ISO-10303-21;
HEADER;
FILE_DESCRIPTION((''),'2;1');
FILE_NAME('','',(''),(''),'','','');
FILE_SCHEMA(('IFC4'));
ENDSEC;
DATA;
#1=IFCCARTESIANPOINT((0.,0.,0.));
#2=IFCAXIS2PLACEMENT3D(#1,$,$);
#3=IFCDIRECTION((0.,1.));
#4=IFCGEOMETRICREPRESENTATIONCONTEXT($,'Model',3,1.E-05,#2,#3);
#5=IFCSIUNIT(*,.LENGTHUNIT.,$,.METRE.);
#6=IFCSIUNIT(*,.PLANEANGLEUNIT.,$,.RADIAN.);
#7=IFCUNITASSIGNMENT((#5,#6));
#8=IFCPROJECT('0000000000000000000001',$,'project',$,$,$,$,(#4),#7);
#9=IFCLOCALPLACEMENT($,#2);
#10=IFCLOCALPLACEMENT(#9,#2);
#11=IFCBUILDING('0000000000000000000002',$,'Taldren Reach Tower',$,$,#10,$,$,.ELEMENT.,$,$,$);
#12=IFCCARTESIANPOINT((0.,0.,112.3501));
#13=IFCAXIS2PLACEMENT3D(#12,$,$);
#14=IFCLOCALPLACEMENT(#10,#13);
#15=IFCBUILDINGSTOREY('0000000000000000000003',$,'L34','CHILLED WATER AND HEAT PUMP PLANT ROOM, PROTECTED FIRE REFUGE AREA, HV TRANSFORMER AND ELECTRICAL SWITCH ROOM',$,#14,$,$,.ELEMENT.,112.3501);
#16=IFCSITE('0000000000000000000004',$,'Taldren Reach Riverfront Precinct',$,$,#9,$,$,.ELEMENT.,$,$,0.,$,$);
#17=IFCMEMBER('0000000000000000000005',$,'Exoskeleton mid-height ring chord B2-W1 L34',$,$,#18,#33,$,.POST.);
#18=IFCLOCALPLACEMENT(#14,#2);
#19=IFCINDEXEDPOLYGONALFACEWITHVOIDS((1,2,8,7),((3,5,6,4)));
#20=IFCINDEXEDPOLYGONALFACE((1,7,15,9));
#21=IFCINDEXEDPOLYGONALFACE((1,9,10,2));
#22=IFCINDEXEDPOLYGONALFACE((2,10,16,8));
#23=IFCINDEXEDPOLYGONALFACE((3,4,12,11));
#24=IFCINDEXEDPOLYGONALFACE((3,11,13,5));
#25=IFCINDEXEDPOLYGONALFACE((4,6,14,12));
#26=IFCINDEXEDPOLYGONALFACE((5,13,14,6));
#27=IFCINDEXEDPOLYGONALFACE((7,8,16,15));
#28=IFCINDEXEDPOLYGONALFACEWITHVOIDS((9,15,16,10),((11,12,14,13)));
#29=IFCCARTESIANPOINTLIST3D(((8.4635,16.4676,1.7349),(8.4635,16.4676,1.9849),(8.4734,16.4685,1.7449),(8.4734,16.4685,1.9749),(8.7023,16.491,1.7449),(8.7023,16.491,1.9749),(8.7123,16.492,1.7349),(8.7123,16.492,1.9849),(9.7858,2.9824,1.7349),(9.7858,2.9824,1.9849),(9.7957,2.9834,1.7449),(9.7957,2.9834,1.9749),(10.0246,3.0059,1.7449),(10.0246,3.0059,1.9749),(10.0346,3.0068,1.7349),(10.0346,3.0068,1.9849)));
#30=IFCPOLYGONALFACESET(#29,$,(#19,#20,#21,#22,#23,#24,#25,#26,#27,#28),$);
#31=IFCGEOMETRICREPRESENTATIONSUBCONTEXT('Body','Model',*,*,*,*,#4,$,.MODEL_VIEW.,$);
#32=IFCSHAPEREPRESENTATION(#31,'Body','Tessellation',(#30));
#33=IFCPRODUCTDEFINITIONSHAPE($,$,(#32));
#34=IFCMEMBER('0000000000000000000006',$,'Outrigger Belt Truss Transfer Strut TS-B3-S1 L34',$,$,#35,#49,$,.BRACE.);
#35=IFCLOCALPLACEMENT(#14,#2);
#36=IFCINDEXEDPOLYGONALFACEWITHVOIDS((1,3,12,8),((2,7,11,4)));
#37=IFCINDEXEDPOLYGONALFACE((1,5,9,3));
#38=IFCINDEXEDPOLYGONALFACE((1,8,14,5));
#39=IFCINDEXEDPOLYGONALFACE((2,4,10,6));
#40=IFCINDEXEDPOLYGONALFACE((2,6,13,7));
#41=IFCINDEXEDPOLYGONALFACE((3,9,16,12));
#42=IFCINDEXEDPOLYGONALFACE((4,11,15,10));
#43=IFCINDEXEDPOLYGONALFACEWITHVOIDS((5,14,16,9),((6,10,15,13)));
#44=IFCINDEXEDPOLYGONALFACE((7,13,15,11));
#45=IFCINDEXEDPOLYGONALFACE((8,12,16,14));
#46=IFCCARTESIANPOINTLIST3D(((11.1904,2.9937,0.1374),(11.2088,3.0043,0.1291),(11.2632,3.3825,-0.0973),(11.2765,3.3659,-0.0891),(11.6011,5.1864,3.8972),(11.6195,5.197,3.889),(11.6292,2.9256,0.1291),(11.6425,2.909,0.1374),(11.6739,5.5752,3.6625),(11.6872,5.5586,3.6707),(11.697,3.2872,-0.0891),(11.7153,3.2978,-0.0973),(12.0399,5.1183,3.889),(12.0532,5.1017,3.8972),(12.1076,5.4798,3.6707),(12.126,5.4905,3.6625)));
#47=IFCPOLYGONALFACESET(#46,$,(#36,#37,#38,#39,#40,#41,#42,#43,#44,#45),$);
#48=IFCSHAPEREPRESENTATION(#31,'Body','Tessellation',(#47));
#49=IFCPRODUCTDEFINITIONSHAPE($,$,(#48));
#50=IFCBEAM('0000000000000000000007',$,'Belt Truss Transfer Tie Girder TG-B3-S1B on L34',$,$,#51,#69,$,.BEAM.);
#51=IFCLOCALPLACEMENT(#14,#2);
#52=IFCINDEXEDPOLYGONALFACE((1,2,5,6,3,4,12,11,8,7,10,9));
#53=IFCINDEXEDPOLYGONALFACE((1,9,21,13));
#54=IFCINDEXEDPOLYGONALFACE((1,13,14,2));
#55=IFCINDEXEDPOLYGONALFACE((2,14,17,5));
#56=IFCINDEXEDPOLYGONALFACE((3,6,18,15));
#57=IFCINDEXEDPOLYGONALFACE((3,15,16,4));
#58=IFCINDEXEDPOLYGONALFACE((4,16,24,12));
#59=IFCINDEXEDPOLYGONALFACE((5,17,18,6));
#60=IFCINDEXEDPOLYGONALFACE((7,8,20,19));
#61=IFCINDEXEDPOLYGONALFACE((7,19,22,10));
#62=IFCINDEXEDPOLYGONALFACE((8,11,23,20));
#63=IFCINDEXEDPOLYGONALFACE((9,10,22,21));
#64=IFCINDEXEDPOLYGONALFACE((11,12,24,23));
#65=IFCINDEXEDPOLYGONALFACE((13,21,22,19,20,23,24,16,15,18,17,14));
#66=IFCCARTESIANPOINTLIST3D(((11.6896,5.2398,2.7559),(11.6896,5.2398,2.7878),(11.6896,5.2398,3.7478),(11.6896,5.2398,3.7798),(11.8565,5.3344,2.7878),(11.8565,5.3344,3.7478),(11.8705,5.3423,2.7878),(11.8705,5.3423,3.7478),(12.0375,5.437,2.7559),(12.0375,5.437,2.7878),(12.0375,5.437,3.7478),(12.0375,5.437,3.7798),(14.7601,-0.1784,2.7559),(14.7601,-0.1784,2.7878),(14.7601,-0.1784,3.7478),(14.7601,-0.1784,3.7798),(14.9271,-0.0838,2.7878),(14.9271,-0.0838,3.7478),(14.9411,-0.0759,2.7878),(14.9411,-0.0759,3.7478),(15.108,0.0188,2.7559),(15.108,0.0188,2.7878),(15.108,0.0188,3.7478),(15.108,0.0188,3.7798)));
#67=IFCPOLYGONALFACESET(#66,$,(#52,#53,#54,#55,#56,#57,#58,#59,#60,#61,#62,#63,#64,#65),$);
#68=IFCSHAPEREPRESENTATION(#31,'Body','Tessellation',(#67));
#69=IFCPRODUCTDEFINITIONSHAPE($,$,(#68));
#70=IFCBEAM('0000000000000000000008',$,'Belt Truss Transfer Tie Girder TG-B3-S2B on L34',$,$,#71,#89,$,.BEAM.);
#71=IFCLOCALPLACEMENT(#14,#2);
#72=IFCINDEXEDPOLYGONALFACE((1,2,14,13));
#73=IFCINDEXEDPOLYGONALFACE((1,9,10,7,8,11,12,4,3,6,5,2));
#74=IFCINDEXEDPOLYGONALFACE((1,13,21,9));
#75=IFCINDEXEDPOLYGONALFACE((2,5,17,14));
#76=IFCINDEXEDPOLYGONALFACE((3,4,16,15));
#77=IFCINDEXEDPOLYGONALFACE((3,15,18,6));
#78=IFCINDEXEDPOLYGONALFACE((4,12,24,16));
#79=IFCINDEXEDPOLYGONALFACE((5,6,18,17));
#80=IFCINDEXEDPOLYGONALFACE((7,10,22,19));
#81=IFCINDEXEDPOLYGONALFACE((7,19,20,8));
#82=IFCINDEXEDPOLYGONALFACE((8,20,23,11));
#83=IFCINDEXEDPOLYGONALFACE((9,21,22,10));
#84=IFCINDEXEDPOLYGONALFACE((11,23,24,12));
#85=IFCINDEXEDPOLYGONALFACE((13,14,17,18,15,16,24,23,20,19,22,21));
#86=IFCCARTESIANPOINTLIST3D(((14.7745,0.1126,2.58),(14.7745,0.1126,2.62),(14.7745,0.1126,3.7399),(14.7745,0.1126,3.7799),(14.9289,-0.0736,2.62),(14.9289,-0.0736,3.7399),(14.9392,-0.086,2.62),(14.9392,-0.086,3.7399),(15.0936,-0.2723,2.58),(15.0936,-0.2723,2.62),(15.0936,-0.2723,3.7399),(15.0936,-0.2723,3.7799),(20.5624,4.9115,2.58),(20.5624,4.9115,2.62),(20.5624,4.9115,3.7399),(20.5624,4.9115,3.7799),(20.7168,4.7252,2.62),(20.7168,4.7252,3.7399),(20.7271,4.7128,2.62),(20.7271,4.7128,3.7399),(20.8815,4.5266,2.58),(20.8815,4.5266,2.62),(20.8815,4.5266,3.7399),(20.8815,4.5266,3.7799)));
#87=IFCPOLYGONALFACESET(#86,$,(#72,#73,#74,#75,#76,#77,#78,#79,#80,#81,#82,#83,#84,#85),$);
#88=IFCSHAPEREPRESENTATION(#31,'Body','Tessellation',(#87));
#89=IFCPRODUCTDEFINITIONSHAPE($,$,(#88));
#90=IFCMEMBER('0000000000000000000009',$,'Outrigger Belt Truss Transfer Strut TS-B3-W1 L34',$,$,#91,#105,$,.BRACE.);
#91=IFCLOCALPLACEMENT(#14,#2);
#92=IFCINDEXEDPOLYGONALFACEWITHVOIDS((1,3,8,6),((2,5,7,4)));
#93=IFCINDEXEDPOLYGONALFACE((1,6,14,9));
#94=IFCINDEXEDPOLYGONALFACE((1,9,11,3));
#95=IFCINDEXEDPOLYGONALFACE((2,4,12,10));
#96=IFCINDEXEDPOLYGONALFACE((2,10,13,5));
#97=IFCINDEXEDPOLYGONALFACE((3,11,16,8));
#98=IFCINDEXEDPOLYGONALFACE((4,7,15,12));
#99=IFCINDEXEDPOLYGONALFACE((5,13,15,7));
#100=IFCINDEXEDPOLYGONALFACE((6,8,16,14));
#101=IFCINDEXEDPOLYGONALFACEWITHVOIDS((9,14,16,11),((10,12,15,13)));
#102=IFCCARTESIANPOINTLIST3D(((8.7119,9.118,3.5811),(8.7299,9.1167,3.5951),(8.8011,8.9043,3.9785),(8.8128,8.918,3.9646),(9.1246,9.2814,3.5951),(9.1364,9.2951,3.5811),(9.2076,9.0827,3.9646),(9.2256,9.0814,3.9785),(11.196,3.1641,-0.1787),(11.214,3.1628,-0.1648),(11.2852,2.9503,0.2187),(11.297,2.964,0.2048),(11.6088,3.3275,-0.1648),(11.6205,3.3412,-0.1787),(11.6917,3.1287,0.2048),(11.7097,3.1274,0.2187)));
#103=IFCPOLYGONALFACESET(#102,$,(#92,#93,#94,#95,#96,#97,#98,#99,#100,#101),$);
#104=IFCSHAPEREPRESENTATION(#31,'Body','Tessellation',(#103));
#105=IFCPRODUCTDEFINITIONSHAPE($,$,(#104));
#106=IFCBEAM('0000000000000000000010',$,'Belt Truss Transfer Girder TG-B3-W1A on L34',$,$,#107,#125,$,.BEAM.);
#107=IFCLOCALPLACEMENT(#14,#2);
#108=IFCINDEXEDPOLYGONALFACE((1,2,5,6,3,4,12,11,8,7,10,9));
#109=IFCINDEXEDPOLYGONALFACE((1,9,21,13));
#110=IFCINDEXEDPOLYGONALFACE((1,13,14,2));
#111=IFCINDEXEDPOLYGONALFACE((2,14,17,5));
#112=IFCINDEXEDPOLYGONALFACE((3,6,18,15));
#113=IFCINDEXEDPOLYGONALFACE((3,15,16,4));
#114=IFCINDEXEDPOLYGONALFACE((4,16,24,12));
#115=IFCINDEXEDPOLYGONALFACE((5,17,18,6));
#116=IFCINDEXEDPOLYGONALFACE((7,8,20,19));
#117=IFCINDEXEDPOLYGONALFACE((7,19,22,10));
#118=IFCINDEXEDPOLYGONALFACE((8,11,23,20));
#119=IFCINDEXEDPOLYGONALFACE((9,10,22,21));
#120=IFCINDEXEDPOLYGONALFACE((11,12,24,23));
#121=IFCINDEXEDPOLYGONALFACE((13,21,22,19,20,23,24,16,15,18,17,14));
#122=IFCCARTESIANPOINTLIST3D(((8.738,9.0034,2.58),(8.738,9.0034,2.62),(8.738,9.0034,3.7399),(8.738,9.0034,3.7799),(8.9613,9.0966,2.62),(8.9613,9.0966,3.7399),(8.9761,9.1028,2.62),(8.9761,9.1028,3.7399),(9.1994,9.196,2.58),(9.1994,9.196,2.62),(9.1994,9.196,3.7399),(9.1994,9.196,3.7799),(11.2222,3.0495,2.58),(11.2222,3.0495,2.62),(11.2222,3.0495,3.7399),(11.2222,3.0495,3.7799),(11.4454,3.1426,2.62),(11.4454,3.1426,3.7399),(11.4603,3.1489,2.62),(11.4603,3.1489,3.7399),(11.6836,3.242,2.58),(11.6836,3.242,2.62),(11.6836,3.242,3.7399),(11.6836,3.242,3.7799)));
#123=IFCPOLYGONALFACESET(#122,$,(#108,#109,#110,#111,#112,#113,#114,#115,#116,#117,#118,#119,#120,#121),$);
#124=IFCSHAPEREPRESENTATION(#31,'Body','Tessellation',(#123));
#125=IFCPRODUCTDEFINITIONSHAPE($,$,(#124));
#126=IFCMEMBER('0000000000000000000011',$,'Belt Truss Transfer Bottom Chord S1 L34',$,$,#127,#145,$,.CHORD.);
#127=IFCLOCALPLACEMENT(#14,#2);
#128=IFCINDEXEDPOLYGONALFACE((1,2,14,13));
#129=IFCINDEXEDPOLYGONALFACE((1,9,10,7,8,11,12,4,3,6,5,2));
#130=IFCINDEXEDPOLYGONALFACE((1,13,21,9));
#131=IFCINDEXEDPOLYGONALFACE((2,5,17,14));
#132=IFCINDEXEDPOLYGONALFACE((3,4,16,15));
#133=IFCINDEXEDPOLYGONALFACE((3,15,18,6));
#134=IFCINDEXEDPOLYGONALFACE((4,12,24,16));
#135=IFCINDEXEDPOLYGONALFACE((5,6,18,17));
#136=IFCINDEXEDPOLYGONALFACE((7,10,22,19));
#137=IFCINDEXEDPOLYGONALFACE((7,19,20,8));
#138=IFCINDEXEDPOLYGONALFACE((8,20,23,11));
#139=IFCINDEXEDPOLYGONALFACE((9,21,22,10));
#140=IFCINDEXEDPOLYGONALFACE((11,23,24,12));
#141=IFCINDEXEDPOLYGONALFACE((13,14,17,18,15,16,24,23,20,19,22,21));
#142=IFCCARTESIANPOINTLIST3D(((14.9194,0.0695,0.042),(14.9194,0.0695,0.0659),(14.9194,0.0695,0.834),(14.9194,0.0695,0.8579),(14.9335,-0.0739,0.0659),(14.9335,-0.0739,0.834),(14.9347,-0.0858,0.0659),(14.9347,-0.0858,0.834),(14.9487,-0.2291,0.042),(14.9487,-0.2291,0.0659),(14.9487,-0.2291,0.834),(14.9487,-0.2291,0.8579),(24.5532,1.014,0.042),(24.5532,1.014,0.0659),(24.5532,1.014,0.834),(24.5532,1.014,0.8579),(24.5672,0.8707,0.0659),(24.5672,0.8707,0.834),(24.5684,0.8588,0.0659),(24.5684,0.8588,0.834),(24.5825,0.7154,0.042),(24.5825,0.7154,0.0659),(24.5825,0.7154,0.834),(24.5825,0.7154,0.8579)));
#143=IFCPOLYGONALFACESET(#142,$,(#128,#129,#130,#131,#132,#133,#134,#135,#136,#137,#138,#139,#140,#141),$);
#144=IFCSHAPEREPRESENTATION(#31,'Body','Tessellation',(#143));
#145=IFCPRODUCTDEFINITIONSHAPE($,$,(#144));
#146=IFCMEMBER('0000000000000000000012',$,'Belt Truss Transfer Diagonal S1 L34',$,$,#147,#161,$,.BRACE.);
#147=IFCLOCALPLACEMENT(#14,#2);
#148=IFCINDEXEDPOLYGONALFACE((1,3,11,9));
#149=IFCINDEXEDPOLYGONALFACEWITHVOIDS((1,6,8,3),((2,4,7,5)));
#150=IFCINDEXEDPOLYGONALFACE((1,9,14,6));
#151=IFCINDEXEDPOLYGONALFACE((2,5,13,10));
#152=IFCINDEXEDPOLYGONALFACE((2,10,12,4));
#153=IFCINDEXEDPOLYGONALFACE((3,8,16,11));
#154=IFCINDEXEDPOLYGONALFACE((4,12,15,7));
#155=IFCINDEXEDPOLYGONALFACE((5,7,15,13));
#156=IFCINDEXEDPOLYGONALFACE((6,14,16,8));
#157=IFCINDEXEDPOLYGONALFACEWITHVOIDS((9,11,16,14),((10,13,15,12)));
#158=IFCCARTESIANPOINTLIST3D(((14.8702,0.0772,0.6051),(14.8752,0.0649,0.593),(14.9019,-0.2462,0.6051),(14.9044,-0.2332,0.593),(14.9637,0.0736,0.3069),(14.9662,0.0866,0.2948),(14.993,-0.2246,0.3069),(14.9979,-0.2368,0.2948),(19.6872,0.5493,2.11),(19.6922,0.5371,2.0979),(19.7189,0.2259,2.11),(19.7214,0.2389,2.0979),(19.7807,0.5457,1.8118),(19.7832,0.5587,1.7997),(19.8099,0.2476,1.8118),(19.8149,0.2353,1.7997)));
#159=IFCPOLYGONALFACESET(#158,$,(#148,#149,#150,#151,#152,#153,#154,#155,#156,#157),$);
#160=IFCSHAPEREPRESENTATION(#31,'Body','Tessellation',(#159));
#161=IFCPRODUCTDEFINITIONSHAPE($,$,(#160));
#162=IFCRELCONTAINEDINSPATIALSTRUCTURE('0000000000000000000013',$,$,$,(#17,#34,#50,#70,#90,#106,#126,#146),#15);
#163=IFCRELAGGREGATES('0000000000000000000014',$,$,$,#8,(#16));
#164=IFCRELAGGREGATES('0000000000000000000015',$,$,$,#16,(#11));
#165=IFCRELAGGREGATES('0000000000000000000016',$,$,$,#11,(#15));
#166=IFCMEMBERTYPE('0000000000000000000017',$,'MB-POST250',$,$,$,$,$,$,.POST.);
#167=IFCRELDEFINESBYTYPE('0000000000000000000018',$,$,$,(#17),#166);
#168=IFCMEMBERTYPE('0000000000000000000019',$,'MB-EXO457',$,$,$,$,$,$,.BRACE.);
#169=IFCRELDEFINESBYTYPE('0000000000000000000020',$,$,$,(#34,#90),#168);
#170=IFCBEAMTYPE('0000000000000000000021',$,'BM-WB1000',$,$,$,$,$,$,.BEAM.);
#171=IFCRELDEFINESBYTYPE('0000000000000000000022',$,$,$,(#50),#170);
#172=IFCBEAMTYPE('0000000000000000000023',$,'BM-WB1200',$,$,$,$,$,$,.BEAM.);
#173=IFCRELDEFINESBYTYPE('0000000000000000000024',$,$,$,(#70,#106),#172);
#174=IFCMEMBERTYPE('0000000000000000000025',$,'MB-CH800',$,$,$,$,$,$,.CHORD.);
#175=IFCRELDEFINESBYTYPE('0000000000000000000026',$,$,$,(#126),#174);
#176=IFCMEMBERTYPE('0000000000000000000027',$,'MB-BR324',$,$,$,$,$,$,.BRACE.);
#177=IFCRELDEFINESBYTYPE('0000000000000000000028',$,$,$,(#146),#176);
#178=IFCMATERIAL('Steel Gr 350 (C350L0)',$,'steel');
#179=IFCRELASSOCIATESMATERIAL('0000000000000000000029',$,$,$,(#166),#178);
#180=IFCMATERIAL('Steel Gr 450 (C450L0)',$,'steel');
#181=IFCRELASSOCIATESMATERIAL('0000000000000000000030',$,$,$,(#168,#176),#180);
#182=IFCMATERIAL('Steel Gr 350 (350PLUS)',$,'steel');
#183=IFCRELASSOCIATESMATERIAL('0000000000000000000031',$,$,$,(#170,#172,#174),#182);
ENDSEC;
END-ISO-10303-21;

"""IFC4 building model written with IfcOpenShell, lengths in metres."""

from ifc_helpers import new_model, si_unit, direction, frame, origin, origin_2d, place, context, subcontext, project, spatial, hollow_rectangle, i_section, extrude, source, transform, mapped, material, material_profile, profile_set, type_object, element, save


model = new_model("IFC4")

# Units and contexts
model_context = context("Model", 3, precision=1e-05, world=origin(), true_north=direction((0.0, 1.0)))
body_context = subcontext(model_context, "Body", "Model", "MODEL_VIEW")
ifc_project = project(units=[si_unit("LENGTHUNIT", "METRE"), si_unit("PLANEANGLEUNIT", "RADIAN")], contexts=[model_context])

# Site, building, storey
site_placement = place(None, origin())
site = spatial("IfcSite", under=ifc_project, at=site_placement, Name="Taldren Reach Riverfront Precinct", CompositionType="ELEMENT", RefElevation=0.0)
building_placement = place(site_placement, origin())
building = spatial("IfcBuilding", under=site, at=building_placement, Name="Taldren Reach Tower", CompositionType="ELEMENT")
storey_placement = place(building_placement, frame((0.0, 0.0, 112.3501)))
storey = spatial("IfcBuildingStorey", under=building, at=storey_placement, Name="L34", Description="CHILLED WATER AND HEAT PUMP PLANT ROOM, PROTECTED FIRE REFUGE AREA, HV TRANSFORMER AND ELECTRICAL SWITCH ROOM", CompositionType="ELEMENT", Elevation=112.3501)

# Shared definitions
ifc_material_1 = material(Name="Steel Gr 350 (350PLUS)", Category="steel")

# Members
ifc_material_2 = material(Name="Steel Gr 450 (C450L0)", Category="steel")
ifc_material_3 = material(Name="Steel Gr 350 (C350L0)", Category="steel")
ifc_material_profile_1 = material_profile(ifc_material_3, hollow_rectangle(XDim=0.25, YDim=0.25, WallThickness=0.01, at=origin_2d()), Name="250x250x10.0SHS")
ifc_profile_set_1 = profile_set([ifc_material_profile_1], Name="Steel Gr 350 (C350L0)")
member_type_1 = type_object("IfcMemberType", Name="MB-POST250", PredefinedType="POST", material=ifc_profile_set_1)
shared_shape_1 = source(origin(), body_context, "Body", "SweptSolid", [
    extrude(hollow_rectangle(XDim=0.25, YDim=0.25, WallThickness=0.01, at=origin_2d()), origin(), (0.0, 0.0, 1.0), 13.5498),
])
member_1_placement = place(storey_placement, frame((9.9102, 2.9946, 1.8599), z_axis=(-0.097586, 0.995227, 0.0), x_axis=(-0.995227, -0.097586, 0.0)))
element("IfcMember", 1, at=member_1_placement, inside=storey, type_object=member_type_1, Name="Exoskeleton mid-height ring chord B2-W1 L34", PredefinedType="POST", context=body_context, shape_type="MappedRepresentation", body=[
    mapped(shared_shape_1, transform((0.0, 0.0, 0.0), scale=1.0)),
])
ifc_material_profile_2 = material_profile(ifc_material_2, hollow_rectangle(XDim=0.46, YDim=0.46, WallThickness=0.0161, at=origin_2d()), Name="460x460x16.0SHS")
ifc_profile_set_2 = profile_set([ifc_material_profile_2], Name="Steel Gr 450 (C450L0)")
member_type_2 = type_object("IfcMemberType", Name="MB-EXO457", PredefinedType="BRACE", material=ifc_profile_set_2)
shared_shape_2 = source(origin(), body_context, "Body", "SweptSolid", [
    extrude(hollow_rectangle(XDim=0.46, YDim=0.46, WallThickness=0.0161, at=origin_2d()), origin(), (0.0, 0.0, 1.0), 4.3718),
])
member_2_placement = place(storey_placement, frame((11.4529, 3.1458, 0.02), z_axis=(0.093932, 0.501546, 0.860017), x_axis=(-0.982911, 0.184084, 0.0)))
element("IfcMember", 2, at=member_2_placement, inside=storey, type_object=member_type_2, Name="Outrigger Belt Truss Transfer Strut TS-B3-S1 L34", PredefinedType="BRACE", context=body_context, shape_type="MappedRepresentation", body=[
    mapped(shared_shape_2, transform((0.0, 0.0, 0.0), scale=1.0)),
])

# Beams
ifc_material_profile_3 = material_profile(ifc_material_1, i_section(OverallWidth=0.3999, OverallDepth=1.0239, WebThickness=0.0161, FlangeThickness=0.032, at=origin_2d()), Name="1000WB322")
ifc_profile_set_3 = profile_set([ifc_material_profile_3], Name="Steel Gr 350 (350PLUS)")
beam_type_1 = type_object("IfcBeamType", Name="BM-WB1000", PredefinedType="BEAM", material=ifc_profile_set_3)
shared_shape_3 = source(origin(), body_context, "Body", "SweptSolid", [
    extrude(i_section(OverallWidth=0.3999, OverallDepth=1.0239, WebThickness=0.0161, FlangeThickness=0.032, at=origin_2d()), origin(), (0.0, 0.0, 1.0), 6.2278),
])
beam_1_placement = place(storey_placement, frame((14.9341, -0.0798, 3.2678), z_axis=(-0.493041, 0.870006, 0.0), x_axis=(-0.870006, -0.493041, 0.0)))
element("IfcBeam", 3, at=beam_1_placement, inside=storey, type_object=beam_type_1, Name="Belt Truss Transfer Tie Girder TG-B3-S1B on L34", PredefinedType="BEAM", context=body_context, shape_type="MappedRepresentation", body=[
    mapped(shared_shape_3, transform((0.0, 0.0, 0.0), scale=1.0)),
])
ifc_material_profile_4 = material_profile(ifc_material_1, i_section(OverallWidth=0.5, OverallDepth=1.2, WebThickness=0.0161, FlangeThickness=0.04, at=origin_2d()), Name="1200WB455")
ifc_profile_set_4 = profile_set([ifc_material_profile_4], Name="Steel Gr 350 (350PLUS)")
beam_type_2 = type_object("IfcBeamType", Name="BM-WB1200", PredefinedType="BEAM", material=ifc_profile_set_4)
shared_shape_4 = source(origin(), body_context, "Body", "SweptSolid", [
    extrude(i_section(OverallWidth=0.5, OverallDepth=1.2, WebThickness=0.0161, FlangeThickness=0.04, at=origin_2d()), origin(), (0.0, 0.0, 1.0), 7.5186),
])
beam_2_placement = place(storey_placement, frame((14.9341, -0.0798, 3.1799), z_axis=(0.769813, 0.638269, 0.0), x_axis=(-0.638269, 0.769813, 0.0)))
element("IfcBeam", 4, at=beam_2_placement, inside=storey, type_object=beam_type_2, Name="Belt Truss Transfer Tie Girder TG-B3-S2B on L34", PredefinedType="BEAM", context=body_context, shape_type="MappedRepresentation", body=[
    mapped(shared_shape_4, transform((0.0, 0.0, 0.0), scale=1.0)),
])

# Member
shared_shape_5 = source(origin(), body_context, "Body", "SweptSolid", [
    extrude(hollow_rectangle(XDim=0.46, YDim=0.46, WallThickness=0.0161, at=origin_2d()), origin(), (0.0, 0.0, 1.0), 7.467),
])
member_3_placement = place(storey_placement, frame((11.4529, 3.1458, 0.02), z_axis=(-0.332684, 0.797363, 0.503522), x_axis=(-0.922892, -0.385059, 0.0)))
element("IfcMember", 5, at=member_3_placement, inside=storey, type_object=member_type_2, Name="Outrigger Belt Truss Transfer Strut TS-B3-W1 L34", PredefinedType="BRACE", context=body_context, shape_type="MappedRepresentation", body=[
    mapped(shared_shape_5, transform((0.0, 0.0, 0.0), scale=1.0)),
])

# Beam
shared_shape_6 = source(origin(), body_context, "Body", "SweptSolid", [
    extrude(i_section(OverallWidth=0.5, OverallDepth=1.2, WebThickness=0.0161, FlangeThickness=0.04, at=origin_2d()), origin(), (0.0, 0.0, 1.0), 6.4514),
])
beam_3_placement = place(storey_placement, frame((11.4529, 3.1458, 3.1799), z_axis=(-0.385059, 0.922892, 0.0), x_axis=(-0.922892, -0.385059, 0.0)))
element("IfcBeam", 6, at=beam_3_placement, inside=storey, type_object=beam_type_2, Name="Belt Truss Transfer Girder TG-B3-W1A on L34", PredefinedType="BEAM", context=body_context, shape_type="MappedRepresentation", body=[
    mapped(shared_shape_6, transform((0.0, 0.0, 0.0), scale=1.0)),
])

# Members
ifc_material_profile_5 = material_profile(ifc_material_1, i_section(OverallWidth=0.3, OverallDepth=0.8159, WebThickness=0.012, FlangeThickness=0.0239, at=origin_2d()), Name="800WB192")
ifc_profile_set_5 = profile_set([ifc_material_profile_5], Name="Steel Gr 350 (350PLUS)")
member_type_3 = type_object("IfcMemberType", Name="MB-CH800", PredefinedType="CHORD", material=ifc_profile_set_5)
shared_shape_7 = source(origin(), body_context, "Body", "SweptSolid", [
    extrude(i_section(OverallWidth=0.3, OverallDepth=0.8159, WebThickness=0.012, FlangeThickness=0.0239, at=origin_2d()), origin(), (0.0, 0.0, 1.0), 9.6799),
])
member_4_placement = place(storey_placement, frame((14.9341, -0.0798, 0.45), z_axis=(0.995228, 0.097581, 0.0), x_axis=(-0.097581, 0.995228, 0.0)))
element("IfcMember", 7, at=member_4_placement, inside=storey, type_object=member_type_3, Name="Belt Truss Transfer Bottom Chord S1 L34", PredefinedType="CHORD", context=body_context, shape_type="MappedRepresentation", body=[
    mapped(shared_shape_7, transform((0.0, 0.0, 0.0), scale=1.0)),
])
ifc_material_profile_6 = material_profile(ifc_material_2, hollow_rectangle(XDim=0.325, YDim=0.325, WallThickness=0.0127, at=origin_2d()), Name="325x325x12.7SHS")
ifc_profile_set_6 = profile_set([ifc_material_profile_6], Name="Steel Gr 450 (C450L0)")
member_type_4 = type_object("IfcMemberType", Name="MB-BR324", PredefinedType="BRACE", material=ifc_profile_set_6)
shared_shape_8 = source(origin(), body_context, "Body", "SweptSolid", [
    extrude(hollow_rectangle(XDim=0.325, YDim=0.325, WallThickness=0.0127, at=origin_2d()), origin(), (0.0, 0.0, 1.0), 5.0686),
])
member_5_placement = place(storey_placement, frame((14.9341, -0.0798, 0.45), z_axis=(0.950352, 0.093157, 0.296907), x_axis=(-0.097556, 0.99523, 0.0)))
element("IfcMember", 8, at=member_5_placement, inside=storey, type_object=member_type_4, Name="Belt Truss Transfer Diagonal S1 L34", PredefinedType="BRACE", context=body_context, shape_type="MappedRepresentation", body=[
    mapped(shared_shape_8, transform((0.0, 0.0, 0.0), scale=1.0)),
])

save(model, "model.ifc")
